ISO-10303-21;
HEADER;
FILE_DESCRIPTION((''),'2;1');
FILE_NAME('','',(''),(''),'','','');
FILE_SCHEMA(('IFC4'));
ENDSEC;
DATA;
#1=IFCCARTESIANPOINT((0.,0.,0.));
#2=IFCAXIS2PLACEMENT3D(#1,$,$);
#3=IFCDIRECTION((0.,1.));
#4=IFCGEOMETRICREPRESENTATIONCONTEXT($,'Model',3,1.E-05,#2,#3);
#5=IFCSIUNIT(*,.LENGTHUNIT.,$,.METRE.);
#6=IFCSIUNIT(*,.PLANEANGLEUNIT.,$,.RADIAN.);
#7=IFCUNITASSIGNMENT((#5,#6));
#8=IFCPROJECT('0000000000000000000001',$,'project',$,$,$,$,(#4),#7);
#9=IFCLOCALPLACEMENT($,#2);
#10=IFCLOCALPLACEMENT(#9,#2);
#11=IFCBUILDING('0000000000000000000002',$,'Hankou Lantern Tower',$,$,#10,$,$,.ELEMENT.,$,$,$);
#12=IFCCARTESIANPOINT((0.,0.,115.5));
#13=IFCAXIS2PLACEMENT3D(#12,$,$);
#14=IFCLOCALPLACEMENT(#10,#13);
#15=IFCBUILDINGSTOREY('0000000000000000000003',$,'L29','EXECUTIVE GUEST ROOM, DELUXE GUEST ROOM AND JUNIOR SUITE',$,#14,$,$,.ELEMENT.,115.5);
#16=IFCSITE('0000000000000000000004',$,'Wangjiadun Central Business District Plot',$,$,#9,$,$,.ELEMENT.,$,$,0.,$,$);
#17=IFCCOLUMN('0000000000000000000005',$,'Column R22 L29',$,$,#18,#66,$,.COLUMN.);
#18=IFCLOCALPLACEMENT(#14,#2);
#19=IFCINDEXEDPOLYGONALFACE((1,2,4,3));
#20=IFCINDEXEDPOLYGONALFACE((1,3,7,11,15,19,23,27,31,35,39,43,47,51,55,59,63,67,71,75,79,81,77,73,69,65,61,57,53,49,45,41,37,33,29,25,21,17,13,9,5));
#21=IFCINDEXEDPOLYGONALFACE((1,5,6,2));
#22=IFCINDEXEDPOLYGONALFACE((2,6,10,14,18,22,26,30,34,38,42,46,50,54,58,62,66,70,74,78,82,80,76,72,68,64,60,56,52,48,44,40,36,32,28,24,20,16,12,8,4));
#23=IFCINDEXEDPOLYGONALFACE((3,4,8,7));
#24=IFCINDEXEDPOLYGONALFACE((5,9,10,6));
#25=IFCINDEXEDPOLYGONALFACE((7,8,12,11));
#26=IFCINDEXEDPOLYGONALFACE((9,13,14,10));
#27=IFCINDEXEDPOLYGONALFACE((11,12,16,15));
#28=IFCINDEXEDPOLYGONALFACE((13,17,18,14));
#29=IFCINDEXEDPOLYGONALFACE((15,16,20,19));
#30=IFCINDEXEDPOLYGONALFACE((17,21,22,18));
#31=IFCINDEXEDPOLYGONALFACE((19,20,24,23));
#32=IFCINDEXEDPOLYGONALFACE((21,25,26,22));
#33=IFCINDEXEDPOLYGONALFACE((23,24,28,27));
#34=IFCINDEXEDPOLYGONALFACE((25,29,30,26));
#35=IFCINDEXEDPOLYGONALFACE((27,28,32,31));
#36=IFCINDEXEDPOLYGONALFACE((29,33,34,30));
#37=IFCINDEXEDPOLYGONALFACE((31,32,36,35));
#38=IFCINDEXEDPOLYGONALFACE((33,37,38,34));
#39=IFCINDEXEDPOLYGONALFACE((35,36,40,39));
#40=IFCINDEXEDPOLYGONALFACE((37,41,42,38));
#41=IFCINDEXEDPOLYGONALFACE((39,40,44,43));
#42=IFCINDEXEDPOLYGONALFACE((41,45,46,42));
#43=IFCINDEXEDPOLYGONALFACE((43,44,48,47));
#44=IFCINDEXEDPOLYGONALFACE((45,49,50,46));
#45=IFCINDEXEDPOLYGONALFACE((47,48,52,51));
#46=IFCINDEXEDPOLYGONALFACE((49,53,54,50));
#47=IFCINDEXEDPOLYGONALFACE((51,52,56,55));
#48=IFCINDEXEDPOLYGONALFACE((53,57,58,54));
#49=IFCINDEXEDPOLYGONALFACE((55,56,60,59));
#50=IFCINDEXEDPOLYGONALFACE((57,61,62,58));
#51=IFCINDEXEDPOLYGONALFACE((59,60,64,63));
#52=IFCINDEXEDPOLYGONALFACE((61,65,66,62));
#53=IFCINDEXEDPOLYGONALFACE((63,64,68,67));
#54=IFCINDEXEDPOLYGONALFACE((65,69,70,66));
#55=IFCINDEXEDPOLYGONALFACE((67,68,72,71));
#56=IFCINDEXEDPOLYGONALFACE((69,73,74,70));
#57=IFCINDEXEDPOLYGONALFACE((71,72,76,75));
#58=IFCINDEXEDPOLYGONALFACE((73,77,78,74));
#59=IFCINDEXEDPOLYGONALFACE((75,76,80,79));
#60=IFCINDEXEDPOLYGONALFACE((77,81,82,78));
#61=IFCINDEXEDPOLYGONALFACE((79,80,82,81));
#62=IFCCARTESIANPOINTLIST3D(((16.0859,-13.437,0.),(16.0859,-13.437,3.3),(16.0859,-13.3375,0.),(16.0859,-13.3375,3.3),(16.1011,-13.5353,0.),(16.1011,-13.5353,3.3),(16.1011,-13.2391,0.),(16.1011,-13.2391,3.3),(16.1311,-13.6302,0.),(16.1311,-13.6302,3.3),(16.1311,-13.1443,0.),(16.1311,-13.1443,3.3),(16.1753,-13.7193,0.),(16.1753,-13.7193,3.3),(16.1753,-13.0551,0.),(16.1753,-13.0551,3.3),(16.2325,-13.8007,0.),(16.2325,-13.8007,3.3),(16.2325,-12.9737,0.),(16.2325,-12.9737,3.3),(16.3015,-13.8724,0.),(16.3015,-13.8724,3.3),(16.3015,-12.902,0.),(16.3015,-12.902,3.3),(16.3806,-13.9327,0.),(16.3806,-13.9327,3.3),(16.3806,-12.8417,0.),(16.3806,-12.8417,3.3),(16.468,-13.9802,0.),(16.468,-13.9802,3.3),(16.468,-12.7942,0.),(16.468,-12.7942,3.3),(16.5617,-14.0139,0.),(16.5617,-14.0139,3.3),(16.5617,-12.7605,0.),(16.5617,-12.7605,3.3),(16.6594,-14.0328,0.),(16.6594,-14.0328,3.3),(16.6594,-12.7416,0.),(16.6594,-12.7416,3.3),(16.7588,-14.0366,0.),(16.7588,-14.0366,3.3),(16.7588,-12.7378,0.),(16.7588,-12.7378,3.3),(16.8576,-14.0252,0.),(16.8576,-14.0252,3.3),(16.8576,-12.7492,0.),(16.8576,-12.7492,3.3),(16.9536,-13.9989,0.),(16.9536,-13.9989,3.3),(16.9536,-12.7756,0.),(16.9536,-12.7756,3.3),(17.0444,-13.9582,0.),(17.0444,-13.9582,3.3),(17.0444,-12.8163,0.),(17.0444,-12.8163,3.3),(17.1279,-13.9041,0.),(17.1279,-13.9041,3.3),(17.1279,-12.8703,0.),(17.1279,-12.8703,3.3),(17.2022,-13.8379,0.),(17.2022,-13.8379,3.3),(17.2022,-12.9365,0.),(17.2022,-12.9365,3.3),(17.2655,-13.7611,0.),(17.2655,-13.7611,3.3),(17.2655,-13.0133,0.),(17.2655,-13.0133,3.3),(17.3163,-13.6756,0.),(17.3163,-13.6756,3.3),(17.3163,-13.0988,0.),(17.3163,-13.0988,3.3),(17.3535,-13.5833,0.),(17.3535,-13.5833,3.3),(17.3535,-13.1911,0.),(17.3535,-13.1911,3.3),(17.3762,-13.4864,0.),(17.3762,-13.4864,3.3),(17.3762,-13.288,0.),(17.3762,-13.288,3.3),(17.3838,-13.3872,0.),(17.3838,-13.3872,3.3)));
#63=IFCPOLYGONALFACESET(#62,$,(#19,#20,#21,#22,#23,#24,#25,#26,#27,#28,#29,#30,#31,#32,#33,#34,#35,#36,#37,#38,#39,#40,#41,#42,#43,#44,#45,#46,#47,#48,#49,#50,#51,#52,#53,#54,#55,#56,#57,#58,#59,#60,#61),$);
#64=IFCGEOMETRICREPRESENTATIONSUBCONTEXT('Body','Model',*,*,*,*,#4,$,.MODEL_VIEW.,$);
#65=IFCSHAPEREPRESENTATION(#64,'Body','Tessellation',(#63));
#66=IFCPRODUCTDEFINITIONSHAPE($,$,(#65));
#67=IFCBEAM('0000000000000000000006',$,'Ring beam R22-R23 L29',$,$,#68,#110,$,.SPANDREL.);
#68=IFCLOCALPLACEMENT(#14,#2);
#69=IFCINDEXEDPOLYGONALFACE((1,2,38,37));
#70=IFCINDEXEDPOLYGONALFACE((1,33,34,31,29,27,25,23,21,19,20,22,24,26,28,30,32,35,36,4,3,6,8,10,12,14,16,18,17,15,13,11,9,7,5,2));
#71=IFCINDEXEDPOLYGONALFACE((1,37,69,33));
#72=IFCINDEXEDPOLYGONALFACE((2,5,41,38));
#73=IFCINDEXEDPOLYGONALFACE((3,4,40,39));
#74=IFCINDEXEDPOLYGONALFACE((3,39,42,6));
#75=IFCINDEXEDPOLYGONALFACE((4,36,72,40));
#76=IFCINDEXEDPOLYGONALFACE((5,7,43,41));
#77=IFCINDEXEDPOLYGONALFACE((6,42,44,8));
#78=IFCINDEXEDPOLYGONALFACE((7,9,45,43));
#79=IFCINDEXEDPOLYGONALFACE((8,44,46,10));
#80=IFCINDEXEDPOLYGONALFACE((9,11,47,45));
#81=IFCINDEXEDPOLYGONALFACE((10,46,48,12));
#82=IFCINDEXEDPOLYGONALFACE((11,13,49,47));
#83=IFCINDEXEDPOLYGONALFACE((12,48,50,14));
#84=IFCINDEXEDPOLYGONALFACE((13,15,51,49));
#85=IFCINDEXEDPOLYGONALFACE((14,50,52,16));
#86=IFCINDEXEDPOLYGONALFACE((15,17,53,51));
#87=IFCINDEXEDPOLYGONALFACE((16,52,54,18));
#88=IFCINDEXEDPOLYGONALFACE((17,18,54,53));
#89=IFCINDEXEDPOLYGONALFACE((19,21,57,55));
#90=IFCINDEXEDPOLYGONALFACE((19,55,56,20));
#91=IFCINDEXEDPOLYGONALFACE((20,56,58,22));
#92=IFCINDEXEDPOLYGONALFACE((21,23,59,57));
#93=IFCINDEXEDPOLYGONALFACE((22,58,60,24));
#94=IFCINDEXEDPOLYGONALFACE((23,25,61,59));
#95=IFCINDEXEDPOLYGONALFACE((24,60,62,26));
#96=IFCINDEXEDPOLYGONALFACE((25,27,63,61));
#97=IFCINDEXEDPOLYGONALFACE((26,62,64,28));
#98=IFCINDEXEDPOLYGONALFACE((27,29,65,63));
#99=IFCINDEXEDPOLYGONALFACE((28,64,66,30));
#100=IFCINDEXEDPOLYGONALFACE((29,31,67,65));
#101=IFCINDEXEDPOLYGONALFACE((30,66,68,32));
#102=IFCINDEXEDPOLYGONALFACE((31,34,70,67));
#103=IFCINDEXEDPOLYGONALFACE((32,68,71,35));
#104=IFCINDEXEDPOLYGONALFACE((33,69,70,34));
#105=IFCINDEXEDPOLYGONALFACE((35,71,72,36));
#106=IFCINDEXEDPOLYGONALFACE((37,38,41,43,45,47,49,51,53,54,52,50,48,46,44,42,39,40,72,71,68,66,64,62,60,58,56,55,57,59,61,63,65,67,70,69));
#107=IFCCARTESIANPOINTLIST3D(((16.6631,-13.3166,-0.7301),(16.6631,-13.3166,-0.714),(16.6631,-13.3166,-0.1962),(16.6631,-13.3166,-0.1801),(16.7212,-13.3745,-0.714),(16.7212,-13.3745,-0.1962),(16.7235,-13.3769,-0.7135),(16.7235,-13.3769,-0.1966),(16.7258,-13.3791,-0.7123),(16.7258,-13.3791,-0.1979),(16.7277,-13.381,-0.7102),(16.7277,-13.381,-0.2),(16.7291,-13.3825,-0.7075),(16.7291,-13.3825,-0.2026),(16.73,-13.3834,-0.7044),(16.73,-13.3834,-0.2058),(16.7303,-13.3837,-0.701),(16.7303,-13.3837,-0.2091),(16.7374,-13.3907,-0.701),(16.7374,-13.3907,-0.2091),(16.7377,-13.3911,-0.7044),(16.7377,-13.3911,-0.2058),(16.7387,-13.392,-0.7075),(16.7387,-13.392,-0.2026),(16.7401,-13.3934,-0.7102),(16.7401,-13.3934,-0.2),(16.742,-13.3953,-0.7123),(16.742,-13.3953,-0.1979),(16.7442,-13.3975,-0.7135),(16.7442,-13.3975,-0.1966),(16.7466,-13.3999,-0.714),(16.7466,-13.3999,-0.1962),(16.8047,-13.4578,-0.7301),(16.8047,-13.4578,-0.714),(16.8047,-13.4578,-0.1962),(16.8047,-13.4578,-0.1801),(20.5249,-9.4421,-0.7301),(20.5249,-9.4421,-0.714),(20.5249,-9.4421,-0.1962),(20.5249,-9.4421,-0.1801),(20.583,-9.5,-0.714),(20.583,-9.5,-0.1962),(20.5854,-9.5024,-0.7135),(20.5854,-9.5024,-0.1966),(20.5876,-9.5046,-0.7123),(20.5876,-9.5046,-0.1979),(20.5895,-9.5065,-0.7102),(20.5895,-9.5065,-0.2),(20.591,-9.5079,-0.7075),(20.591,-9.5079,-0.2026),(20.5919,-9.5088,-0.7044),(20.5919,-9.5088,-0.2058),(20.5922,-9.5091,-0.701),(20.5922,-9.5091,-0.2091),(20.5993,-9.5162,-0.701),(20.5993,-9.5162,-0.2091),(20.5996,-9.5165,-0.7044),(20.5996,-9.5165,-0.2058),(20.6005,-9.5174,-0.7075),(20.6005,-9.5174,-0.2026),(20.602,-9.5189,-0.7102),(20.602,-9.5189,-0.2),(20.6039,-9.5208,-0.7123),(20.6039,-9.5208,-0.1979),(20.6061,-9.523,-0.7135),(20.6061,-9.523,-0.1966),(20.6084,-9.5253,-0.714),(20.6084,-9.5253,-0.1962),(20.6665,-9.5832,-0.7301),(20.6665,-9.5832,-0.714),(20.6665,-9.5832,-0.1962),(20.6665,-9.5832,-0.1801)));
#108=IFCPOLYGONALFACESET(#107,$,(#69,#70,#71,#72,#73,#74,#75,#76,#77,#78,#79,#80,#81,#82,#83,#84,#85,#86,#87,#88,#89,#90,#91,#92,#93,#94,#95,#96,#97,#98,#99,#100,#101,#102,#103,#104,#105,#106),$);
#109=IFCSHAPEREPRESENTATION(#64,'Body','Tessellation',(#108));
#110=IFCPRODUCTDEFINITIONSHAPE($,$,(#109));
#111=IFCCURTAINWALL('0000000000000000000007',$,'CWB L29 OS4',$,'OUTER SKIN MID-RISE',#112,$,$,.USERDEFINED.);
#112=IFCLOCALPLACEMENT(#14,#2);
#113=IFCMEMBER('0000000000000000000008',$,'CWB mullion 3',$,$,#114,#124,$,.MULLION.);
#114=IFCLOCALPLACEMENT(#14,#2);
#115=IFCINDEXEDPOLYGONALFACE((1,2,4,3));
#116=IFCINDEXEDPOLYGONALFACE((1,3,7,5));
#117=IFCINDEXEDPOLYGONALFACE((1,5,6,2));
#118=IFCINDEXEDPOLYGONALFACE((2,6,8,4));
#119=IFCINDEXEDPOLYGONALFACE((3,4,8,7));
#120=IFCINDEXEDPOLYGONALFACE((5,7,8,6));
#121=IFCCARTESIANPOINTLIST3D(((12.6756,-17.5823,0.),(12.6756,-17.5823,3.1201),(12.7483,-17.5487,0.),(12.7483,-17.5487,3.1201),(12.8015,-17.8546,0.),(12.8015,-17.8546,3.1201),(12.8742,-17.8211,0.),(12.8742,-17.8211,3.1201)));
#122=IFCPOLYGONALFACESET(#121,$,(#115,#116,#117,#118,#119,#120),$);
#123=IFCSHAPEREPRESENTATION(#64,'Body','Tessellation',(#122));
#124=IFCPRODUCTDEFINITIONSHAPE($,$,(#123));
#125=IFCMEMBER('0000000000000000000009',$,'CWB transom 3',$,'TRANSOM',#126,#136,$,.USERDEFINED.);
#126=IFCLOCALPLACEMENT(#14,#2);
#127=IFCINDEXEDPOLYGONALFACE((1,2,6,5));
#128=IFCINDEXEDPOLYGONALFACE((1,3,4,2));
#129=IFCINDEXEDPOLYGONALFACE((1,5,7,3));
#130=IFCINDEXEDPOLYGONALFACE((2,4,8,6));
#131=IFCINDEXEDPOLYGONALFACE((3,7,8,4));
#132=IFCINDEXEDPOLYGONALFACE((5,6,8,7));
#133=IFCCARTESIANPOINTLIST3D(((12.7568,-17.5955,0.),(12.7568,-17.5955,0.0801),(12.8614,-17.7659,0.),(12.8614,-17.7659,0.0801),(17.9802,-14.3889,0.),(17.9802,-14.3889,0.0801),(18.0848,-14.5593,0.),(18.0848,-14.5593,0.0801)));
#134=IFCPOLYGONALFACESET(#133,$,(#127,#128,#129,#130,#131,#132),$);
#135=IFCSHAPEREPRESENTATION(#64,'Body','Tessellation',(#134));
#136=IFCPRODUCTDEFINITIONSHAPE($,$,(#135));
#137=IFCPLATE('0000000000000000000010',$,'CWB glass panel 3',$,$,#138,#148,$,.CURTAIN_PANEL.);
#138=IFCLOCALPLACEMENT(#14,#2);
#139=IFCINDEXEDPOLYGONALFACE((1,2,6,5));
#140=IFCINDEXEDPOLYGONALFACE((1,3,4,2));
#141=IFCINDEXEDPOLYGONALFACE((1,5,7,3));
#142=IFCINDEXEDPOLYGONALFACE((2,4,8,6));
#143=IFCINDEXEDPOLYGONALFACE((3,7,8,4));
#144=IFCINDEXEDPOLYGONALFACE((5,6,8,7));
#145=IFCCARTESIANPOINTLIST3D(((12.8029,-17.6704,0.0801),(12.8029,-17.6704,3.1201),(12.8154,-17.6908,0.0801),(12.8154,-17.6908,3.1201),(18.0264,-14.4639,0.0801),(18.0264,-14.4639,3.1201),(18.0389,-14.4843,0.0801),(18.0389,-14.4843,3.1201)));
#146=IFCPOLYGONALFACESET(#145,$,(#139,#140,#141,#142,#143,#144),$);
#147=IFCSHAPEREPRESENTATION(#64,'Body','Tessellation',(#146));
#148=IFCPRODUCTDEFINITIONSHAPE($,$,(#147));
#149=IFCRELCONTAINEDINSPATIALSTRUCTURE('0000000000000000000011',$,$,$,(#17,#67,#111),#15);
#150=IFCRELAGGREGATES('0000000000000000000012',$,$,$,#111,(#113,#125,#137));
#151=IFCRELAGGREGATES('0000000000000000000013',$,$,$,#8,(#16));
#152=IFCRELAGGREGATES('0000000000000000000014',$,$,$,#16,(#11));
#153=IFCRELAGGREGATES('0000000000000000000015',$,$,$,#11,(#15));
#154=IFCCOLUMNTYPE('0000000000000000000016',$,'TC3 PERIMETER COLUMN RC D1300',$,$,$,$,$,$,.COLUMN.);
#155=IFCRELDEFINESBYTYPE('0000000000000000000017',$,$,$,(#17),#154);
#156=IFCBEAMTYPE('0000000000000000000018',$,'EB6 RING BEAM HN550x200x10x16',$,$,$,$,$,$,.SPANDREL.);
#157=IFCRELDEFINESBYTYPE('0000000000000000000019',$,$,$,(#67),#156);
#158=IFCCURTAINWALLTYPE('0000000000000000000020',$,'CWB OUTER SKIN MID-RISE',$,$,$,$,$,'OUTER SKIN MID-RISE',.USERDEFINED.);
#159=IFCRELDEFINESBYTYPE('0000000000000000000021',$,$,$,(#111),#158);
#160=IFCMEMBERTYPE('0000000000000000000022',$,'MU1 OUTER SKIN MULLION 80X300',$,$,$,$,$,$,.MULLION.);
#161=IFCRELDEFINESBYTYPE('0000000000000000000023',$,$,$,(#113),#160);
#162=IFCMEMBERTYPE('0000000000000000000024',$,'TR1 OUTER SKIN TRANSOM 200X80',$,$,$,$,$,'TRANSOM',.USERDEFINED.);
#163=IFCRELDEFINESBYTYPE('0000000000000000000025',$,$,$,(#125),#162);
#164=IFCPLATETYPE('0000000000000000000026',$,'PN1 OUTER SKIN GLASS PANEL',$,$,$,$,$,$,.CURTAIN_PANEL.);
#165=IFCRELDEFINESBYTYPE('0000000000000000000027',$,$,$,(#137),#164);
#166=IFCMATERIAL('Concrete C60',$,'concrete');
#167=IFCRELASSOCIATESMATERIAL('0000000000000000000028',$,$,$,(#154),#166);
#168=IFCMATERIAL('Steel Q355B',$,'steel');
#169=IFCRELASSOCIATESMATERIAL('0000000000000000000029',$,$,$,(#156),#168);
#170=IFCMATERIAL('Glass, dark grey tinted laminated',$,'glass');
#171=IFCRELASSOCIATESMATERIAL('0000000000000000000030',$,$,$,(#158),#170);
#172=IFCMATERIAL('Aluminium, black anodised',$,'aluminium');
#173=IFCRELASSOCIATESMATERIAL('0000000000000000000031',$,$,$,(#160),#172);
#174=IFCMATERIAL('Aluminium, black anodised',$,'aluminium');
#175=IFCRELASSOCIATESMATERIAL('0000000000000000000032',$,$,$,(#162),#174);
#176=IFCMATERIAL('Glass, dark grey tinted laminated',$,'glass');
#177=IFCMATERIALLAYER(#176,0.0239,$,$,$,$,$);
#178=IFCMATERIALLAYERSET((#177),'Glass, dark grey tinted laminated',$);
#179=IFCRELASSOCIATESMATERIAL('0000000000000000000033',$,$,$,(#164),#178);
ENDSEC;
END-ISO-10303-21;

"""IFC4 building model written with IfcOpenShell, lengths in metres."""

from ifc_helpers import new_model, si_unit, direction, frame, origin, origin_2d, place, context, subcontext, project, spatial, rectangle, circle, i_section, extrude, material, layer, layer_set, material_profile, profile_set, type_object, element, aggregate, save


model = new_model("IFC4")

# Units and contexts
model_context = context("Model", 3, precision=1e-05, world=origin(), true_north=direction((0.0, 1.0)))
body_context = subcontext(model_context, "Body", "Model", "MODEL_VIEW")
ifc_project = project(units=[si_unit("LENGTHUNIT", "METRE"), si_unit("PLANEANGLEUNIT", "RADIAN")], contexts=[model_context])

# Site, building, storey
site_placement = place(None, origin())
site = spatial("IfcSite", under=ifc_project, at=site_placement, Name="Wangjiadun Central Business District Plot", CompositionType="ELEMENT", RefElevation=0.0)
building_placement = place(site_placement, origin())
building = spatial("IfcBuilding", under=site, at=building_placement, Name="Hankou Lantern Tower", CompositionType="ELEMENT")
storey_placement = place(building_placement, frame((0.0, 0.0, 115.5)))
storey = spatial("IfcBuildingStorey", under=building, at=storey_placement, Name="L29", Description="EXECUTIVE GUEST ROOM, DELUXE GUEST ROOM AND JUNIOR SUITE", CompositionType="ELEMENT", Elevation=115.5)

# Column
ifc_material_1 = material(Name="Concrete C60", Category="concrete")
ifc_material_profile_1 = material_profile(ifc_material_1, circle(Radius=0.6499, at=origin_2d()), Name="RC D1300")
ifc_profile_set_1 = profile_set([ifc_material_profile_1], Name="Concrete C60")
column_type = type_object("IfcColumnType", Name="TC3 PERIMETER COLUMN RC D1300", PredefinedType="COLUMN", material=ifc_profile_set_1)
column_placement = place(storey_placement, frame((16.7339, -13.3872, 0.0), z_axis=(0.0, 0.0, 1.0), x_axis=(1.0, 0.0, 0.0)))
element("IfcColumn", 1, at=column_placement, inside=storey, type_object=column_type, Name="Column R22 L29", PredefinedType="COLUMN", context=body_context, shape_type="SweptSolid", body=[
    extrude(circle(Radius=0.6499, at=origin_2d()), origin(), (0.0, 0.0, 1.0), 3.3),
])

# Beam
ifc_material_2 = material(Name="Steel Q355B", Category="steel")
ifc_material_profile_2 = material_profile(ifc_material_2, i_section(OverallWidth=0.2, OverallDepth=0.55, WebThickness=0.01, FlangeThickness=0.0161, FilletRadius=0.0129, at=origin_2d()), Name="HN550x200x10x16")
ifc_profile_set_2 = profile_set([ifc_material_profile_2], Name="Steel Q355B")
beam_type = type_object("IfcBeamType", Name="EB6 RING BEAM HN550x200x10x16", PredefinedType="SPANDREL", material=ifc_profile_set_2)
beam_placement = place(storey_placement, frame((16.7339, -13.3872, -0.4551), z_axis=(0.705945, 0.708266, 0.0), x_axis=(-0.708266, 0.705945, 0.0)))
element("IfcBeam", 2, at=beam_placement, inside=storey, type_object=beam_type, Name="Ring beam R22-R23 L29", PredefinedType="SPANDREL", context=body_context, shape_type="SweptSolid", body=[
    extrude(i_section(OverallWidth=0.2, OverallDepth=0.55, WebThickness=0.01, FlangeThickness=0.0161, FilletRadius=0.0129, at=origin_2d()), origin(), (0.0, 0.0, 1.0), 5.4705),
])

# Curtain wall, members, plate
ifc_material_3 = material(Name="Glass, dark grey tinted laminated", Category="glass")
curtain_wall_type = type_object("IfcCurtainWallType", Name="CWB OUTER SKIN MID-RISE", ElementType="OUTER SKIN MID-RISE", PredefinedType="USERDEFINED", material=ifc_material_3)
curtain_wall_placement = place(storey_placement, origin())
curtain_wall = element("IfcCurtainWall", 3, at=curtain_wall_placement, inside=storey, type_object=curtain_wall_type, Name="CWB L29 OS4", ObjectType="OUTER SKIN MID-RISE", PredefinedType="USERDEFINED")
ifc_material_4 = material(Name="Aluminium, black anodised", Category="aluminium")
ifc_material_profile_3 = material_profile(ifc_material_4, rectangle(XDim=0.0801, YDim=0.3, at=origin_2d()), Name="MU1 80X300")
ifc_profile_set_3 = profile_set([ifc_material_profile_3], Name="Aluminium, black anodised")
member_type_1 = type_object("IfcMemberType", Name="MU1 OUTER SKIN MULLION 80X300", PredefinedType="MULLION", material=ifc_profile_set_3)
member_1_placement = place(storey_placement, frame((12.7749, -17.7017, 0.0), z_axis=(0.0, 0.0, 1.0), x_axis=(0.907841, 0.419314, 0.0)))
member_1 = element("IfcMember", 4, at=member_1_placement, type_object=member_type_1, Name="CWB mullion 3", PredefinedType="MULLION", context=body_context, shape_type="SweptSolid", body=[
    extrude(rectangle(XDim=0.0801, YDim=0.3, at=origin_2d()), origin(), (0.0, 0.0, 1.0), 3.1201),
])
ifc_material_5 = material(Name="Aluminium, black anodised", Category="aluminium")
ifc_material_profile_4 = material_profile(ifc_material_5, rectangle(XDim=0.2, YDim=0.0801, at=origin_2d()), Name="TR1 200X80")
ifc_profile_set_4 = profile_set([ifc_material_profile_4], Name="Aluminium, black anodised")
member_type_2 = type_object("IfcMemberType", Name="TR1 OUTER SKIN TRANSOM 200X80", ElementType="TRANSOM", PredefinedType="USERDEFINED", material=ifc_profile_set_4)
member_2_placement = place(storey_placement, frame((12.8091, -17.6807, 0.04), z_axis=(0.852229, 0.523168, 0.0), x_axis=(-0.523168, 0.852229, 0.0)))
member_2 = element("IfcMember", 5, at=member_2_placement, type_object=member_type_2, Name="CWB transom 3", ObjectType="TRANSOM", PredefinedType="USERDEFINED", context=body_context, shape_type="SweptSolid", body=[
    extrude(rectangle(XDim=0.2, YDim=0.0801, at=origin_2d()), origin(), (0.0, 0.0, 1.0), 6.1292),
])
ifc_material_6 = material(Name="Glass, dark grey tinted laminated", Category="glass")
ifc_layer_1 = layer(ifc_material_6, 0.0239)
ifc_layer_set_1 = layer_set([ifc_layer_1], Name="Glass, dark grey tinted laminated")
plate_type = type_object("IfcPlateType", Name="PN1 OUTER SKIN GLASS PANEL", PredefinedType="CURTAIN_PANEL", material=ifc_layer_set_1)
plate_placement = place(storey_placement, frame((15.4209, -16.0774, 0.0801), z_axis=(0.0, 0.0, 1.0), x_axis=(0.852237, 0.523156, 0.0)))
plate = element("IfcPlate", 6, at=plate_placement, type_object=plate_type, Name="CWB glass panel 3", PredefinedType="CURTAIN_PANEL", context=body_context, shape_type="SweptSolid", body=[
    extrude(rectangle(XDim=6.1292, YDim=0.0239, at=origin_2d()), origin(), (0.0, 0.0, 1.0), 3.04),
])
aggregate(curtain_wall, [member_1, member_2, plate])

save(model, "model.ifc")
